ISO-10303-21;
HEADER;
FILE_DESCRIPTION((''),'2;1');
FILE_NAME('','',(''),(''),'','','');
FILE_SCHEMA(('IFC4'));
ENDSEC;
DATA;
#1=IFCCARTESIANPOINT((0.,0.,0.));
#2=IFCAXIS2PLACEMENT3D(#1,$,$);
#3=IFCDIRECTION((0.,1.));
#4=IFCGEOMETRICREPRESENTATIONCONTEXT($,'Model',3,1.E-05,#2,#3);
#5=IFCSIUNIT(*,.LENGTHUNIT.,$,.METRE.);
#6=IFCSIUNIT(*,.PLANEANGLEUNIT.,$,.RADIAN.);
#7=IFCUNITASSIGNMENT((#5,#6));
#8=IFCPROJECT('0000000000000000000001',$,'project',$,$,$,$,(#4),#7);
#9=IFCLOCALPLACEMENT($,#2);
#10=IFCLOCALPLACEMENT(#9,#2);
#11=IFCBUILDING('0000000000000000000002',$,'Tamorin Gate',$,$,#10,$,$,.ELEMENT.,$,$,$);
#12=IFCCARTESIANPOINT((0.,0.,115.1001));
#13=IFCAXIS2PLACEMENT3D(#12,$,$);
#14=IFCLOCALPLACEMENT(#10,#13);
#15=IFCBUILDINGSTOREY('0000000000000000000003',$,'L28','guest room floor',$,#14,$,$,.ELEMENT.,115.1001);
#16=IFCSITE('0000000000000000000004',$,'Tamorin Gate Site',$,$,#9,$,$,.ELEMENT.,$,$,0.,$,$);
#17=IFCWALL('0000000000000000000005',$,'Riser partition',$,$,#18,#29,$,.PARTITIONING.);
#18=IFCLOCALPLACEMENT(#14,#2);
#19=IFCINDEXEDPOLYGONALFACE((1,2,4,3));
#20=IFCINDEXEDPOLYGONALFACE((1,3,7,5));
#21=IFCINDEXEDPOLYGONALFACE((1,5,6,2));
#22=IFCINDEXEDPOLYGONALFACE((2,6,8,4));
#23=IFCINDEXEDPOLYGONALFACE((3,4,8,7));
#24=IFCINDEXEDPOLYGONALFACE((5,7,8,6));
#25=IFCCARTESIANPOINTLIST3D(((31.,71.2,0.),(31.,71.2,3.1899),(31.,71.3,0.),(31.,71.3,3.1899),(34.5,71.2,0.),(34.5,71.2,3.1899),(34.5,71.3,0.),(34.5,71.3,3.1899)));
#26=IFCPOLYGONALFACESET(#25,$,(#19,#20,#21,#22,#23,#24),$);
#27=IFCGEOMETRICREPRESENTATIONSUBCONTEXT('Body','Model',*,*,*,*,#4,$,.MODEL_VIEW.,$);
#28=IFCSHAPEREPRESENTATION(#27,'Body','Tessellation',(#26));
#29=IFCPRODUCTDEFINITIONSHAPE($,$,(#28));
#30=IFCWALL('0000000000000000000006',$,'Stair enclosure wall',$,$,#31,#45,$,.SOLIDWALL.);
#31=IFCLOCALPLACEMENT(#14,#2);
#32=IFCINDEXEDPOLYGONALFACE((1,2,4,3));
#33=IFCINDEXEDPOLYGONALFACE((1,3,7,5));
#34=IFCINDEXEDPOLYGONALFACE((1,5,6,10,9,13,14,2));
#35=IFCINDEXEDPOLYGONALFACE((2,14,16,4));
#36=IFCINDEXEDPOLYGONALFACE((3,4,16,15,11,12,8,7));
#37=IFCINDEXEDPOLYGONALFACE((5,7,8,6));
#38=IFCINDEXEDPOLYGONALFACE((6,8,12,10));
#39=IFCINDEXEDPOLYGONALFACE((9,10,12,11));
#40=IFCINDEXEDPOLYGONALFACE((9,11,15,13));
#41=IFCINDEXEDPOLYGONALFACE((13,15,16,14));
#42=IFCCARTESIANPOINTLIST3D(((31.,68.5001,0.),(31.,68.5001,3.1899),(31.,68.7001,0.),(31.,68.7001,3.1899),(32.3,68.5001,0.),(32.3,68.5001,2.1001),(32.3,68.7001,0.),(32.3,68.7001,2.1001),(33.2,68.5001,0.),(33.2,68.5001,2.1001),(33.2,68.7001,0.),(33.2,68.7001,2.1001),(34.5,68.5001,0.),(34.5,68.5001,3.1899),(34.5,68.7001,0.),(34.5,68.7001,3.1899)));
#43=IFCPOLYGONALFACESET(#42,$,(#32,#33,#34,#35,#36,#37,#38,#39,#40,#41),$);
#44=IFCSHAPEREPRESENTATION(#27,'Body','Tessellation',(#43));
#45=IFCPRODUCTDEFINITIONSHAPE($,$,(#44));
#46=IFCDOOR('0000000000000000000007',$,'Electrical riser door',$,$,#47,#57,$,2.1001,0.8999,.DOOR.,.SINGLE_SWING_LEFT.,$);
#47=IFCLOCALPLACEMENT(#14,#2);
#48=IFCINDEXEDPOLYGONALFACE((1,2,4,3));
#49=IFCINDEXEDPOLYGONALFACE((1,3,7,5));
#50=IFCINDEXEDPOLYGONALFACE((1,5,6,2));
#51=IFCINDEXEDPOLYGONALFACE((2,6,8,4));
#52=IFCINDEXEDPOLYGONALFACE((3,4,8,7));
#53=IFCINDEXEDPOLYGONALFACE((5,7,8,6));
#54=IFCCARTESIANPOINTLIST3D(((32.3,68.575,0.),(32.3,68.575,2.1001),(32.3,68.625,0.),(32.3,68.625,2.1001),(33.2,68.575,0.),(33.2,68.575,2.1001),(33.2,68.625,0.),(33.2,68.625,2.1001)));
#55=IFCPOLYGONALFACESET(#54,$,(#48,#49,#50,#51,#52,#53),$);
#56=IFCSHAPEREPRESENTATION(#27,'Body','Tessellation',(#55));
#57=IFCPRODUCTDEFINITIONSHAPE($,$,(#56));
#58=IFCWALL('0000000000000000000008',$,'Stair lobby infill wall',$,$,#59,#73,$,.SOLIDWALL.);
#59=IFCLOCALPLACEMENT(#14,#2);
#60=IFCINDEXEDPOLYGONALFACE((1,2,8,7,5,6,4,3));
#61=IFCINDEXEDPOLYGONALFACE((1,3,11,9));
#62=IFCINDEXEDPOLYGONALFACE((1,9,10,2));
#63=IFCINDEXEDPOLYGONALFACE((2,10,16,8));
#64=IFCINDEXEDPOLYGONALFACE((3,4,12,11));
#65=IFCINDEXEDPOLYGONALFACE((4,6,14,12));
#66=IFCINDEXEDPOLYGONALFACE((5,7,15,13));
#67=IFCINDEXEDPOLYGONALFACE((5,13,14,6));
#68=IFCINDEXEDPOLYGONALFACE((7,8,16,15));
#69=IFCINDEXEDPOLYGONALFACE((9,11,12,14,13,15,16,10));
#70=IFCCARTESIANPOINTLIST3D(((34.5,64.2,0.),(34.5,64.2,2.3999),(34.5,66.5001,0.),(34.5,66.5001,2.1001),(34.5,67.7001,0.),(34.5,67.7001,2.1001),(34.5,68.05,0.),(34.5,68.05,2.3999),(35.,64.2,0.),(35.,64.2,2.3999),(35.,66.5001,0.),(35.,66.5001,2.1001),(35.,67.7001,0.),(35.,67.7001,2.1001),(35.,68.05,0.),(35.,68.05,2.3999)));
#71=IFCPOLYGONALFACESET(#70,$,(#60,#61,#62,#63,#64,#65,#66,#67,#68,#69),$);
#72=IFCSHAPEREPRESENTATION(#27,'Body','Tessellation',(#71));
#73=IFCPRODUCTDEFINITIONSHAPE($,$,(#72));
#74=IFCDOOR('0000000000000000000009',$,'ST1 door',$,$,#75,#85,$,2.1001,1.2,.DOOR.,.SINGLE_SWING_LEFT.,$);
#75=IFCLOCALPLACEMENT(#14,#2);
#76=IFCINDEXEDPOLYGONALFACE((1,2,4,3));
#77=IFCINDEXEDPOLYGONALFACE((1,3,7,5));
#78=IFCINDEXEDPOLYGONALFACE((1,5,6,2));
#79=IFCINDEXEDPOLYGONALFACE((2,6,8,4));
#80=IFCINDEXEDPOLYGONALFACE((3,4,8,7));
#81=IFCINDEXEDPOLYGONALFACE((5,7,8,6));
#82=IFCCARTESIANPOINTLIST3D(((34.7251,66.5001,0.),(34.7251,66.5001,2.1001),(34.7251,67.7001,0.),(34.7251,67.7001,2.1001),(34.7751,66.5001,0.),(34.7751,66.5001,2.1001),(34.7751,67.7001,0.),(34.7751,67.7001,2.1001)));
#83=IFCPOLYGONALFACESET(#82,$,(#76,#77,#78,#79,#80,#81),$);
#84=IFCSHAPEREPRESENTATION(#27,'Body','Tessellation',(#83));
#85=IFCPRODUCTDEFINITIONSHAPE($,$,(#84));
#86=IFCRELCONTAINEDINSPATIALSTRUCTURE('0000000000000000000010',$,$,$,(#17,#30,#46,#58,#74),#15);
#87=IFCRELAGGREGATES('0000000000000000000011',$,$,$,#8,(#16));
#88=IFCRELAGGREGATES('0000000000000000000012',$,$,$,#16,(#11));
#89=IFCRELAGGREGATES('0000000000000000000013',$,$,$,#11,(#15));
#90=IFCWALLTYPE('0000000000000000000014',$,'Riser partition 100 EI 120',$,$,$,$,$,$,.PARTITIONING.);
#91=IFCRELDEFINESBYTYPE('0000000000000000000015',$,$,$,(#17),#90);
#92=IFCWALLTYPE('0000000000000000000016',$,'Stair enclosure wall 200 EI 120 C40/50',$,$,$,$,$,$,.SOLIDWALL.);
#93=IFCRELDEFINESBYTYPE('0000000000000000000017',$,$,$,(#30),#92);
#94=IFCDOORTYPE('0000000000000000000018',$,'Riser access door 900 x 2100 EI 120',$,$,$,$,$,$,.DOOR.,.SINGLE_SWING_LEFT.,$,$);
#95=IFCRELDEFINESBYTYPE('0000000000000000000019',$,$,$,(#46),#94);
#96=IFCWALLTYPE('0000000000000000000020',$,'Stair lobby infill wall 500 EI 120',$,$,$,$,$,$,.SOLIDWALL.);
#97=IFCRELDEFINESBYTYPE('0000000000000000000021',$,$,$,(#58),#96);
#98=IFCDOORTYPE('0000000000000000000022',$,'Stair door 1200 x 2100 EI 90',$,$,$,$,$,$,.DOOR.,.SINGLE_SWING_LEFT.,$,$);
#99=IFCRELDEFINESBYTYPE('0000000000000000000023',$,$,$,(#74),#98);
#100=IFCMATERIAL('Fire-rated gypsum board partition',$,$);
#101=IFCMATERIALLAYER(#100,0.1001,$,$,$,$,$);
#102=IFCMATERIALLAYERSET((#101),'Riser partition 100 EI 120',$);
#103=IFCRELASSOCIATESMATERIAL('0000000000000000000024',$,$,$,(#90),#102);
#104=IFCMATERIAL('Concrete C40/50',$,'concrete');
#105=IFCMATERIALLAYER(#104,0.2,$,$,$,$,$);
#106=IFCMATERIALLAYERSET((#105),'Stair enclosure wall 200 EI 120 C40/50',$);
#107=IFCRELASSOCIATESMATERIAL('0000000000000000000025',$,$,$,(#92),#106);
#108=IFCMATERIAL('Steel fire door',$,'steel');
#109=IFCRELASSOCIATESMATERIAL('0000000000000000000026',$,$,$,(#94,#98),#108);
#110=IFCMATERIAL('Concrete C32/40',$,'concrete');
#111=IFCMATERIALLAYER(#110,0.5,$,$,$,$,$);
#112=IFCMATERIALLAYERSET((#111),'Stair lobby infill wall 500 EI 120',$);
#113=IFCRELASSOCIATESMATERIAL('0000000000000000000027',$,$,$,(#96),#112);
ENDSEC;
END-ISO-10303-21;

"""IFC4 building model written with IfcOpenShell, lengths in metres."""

from ifc_helpers import new_model, si_unit, direction, frame, frame_2d, origin, place, context, subcontext, project, spatial, rectangle, extrude, material, layer, layer_set, type_object, element, fill, save


model = new_model("IFC4")

# Units and contexts
model_context = context("Model", 3, precision=1e-05, world=origin(), true_north=direction((0.0, 1.0)))
body_context = subcontext(model_context, "Body", "Model", "MODEL_VIEW")
ifc_project = project(units=[si_unit("LENGTHUNIT", "METRE"), si_unit("PLANEANGLEUNIT", "RADIAN")], contexts=[model_context])

# Site, building, storey
site_placement = place(None, origin())
site = spatial("IfcSite", under=ifc_project, at=site_placement, Name="Tamorin Gate Site", CompositionType="ELEMENT", RefElevation=0.0)
building_placement = place(site_placement, origin())
building = spatial("IfcBuilding", under=site, at=building_placement, Name="Tamorin Gate", CompositionType="ELEMENT")
storey_placement = place(building_placement, frame((0.0, 0.0, 115.1001)))
storey = spatial("IfcBuildingStorey", under=building, at=storey_placement, Name="L28", Description="guest room floor", CompositionType="ELEMENT", Elevation=115.1001)

# Shared definitions
ifc_material_1 = material(Name="Concrete C32/40", Category="concrete")

# Wall
ifc_material_2 = material(Name="Fire-rated gypsum board partition")
ifc_layer_1 = layer(ifc_material_2, 0.1001)
ifc_layer_set_1 = layer_set([ifc_layer_1], Name="Riser partition 100 EI 120")
wall_type_1 = type_object("IfcWallType", Name="Riser partition 100 EI 120", PredefinedType="PARTITIONING", material=ifc_layer_set_1)
wall_1_placement = place(storey_placement, frame((31.0, 71.25, 0.0), z_axis=(0.0, 0.0, 1.0), x_axis=(1.0, 0.0, 0.0)))
element("IfcWall", 1, at=wall_1_placement, inside=storey, type_object=wall_type_1, Name="Riser partition", PredefinedType="PARTITIONING", context=body_context, shape_type="SweptSolid", body=[
    extrude(rectangle(XDim=3.5, YDim=0.1001, at=frame_2d((1.75, 0.0))), origin(), (0.0, 0.0, 1.0), 3.1899),
])

# Walls, openings, doors
ifc_material_3 = material(Name="Concrete C40/50", Category="concrete")
ifc_layer_2 = layer(ifc_material_3, 0.2)
ifc_layer_set_2 = layer_set([ifc_layer_2], Name="Stair enclosure wall 200 EI 120 C40/50")
wall_type_2 = type_object("IfcWallType", Name="Stair enclosure wall 200 EI 120 C40/50", PredefinedType="SOLIDWALL", material=ifc_layer_set_2)
wall_2_placement = place(storey_placement, frame((31.0, 68.6001, 0.0), z_axis=(0.0, 0.0, 1.0), x_axis=(1.0, 0.0, 0.0)))
wall_2 = element("IfcWall", 2, at=wall_2_placement, inside=storey, type_object=wall_type_2, Name="Stair enclosure wall", PredefinedType="SOLIDWALL", context=body_context, shape_type="SweptSolid", body=[
    extrude(rectangle(XDim=3.5, YDim=0.2, at=frame_2d((1.75, 0.0))), origin(), (0.0, 0.0, 1.0), 3.1899),
])
opening_1_placement = place(wall_2_placement, frame((1.3, 0.0, 0.0)))
opening_1 = element("IfcOpeningElement", 3, at=opening_1_placement, cuts=wall_2, PredefinedType="OPENING", context=body_context, shape_type="SweptSolid", body=[
    extrude(rectangle(XDim=0.8999, YDim=2.1001, at=frame_2d((0.45, 1.05))), frame((0.0, 0.1099, 0.0), z_axis=(0.0, -1.0, 0.0), x_axis=(1.0, 0.0, 0.0)), (0.0, 0.0, 1.0), 0.22),
])
ifc_material_4 = material(Name="Steel fire door", Category="steel")
door_type_1 = type_object("IfcDoorType", Name="Riser access door 900 x 2100 EI 120", OperationType="SINGLE_SWING_LEFT", PredefinedType="DOOR", material=ifc_material_4)
door_1_placement = place(opening_1_placement, origin())
door_1 = element("IfcDoor", 4, at=door_1_placement, inside=storey, type_object=door_type_1, Name="Electrical riser door", OperationType="SINGLE_SWING_LEFT", OverallHeight=2.1001, OverallWidth=0.8999, PredefinedType="DOOR", context=body_context, shape_type="SweptSolid", body=[
    extrude(rectangle(XDim=0.8999, YDim=2.1001, at=frame_2d((0.45, 1.05))), frame((0.0, 0.0249, 0.0), z_axis=(0.0, -1.0, 0.0), x_axis=(1.0, 0.0, 0.0)), (0.0, 0.0, 1.0), 0.05),
])
fill(opening_1, door_1)
ifc_layer_3 = layer(ifc_material_1, 0.5)
ifc_layer_set_3 = layer_set([ifc_layer_3], Name="Stair lobby infill wall 500 EI 120")
wall_type_3 = type_object("IfcWallType", Name="Stair lobby infill wall 500 EI 120", PredefinedType="SOLIDWALL", material=ifc_layer_set_3)
wall_3_placement = place(storey_placement, frame((34.75, 64.2, 0.0), z_axis=(0.0, 0.0, 1.0), x_axis=(0.0, 1.0, 0.0)))
wall_3 = element("IfcWall", 5, at=wall_3_placement, inside=storey, type_object=wall_type_3, Name="Stair lobby infill wall", PredefinedType="SOLIDWALL", context=body_context, shape_type="SweptSolid", body=[
    extrude(rectangle(XDim=3.8501, YDim=0.5, at=frame_2d((1.925, 0.0))), origin(), (0.0, 0.0, 1.0), 2.3999),
])
opening_2_placement = place(wall_3_placement, frame((2.3, 0.0, 0.0)))
opening_2 = element("IfcOpeningElement", 6, at=opening_2_placement, cuts=wall_3, PredefinedType="OPENING", context=body_context, shape_type="SweptSolid", body=[
    extrude(rectangle(XDim=1.2, YDim=2.1001, at=frame_2d((0.6001, 1.05))), frame((0.0, 0.26, 0.0), z_axis=(0.0, -1.0, 0.0), x_axis=(1.0, 0.0, 0.0)), (0.0, 0.0, 1.0), 0.52),
])
door_type_2 = type_object("IfcDoorType", Name="Stair door 1200 x 2100 EI 90", OperationType="SINGLE_SWING_LEFT", PredefinedType="DOOR", material=ifc_material_4)
door_2_placement = place(opening_2_placement, origin())
door_2 = element("IfcDoor", 7, at=door_2_placement, inside=storey, type_object=door_type_2, Name="ST1 door", OperationType="SINGLE_SWING_LEFT", OverallHeight=2.1001, OverallWidth=1.2, PredefinedType="DOOR", context=body_context, shape_type="SweptSolid", body=[
    extrude(rectangle(XDim=1.2, YDim=2.1001, at=frame_2d((0.6001, 1.05))), frame((0.0, 0.0249, 0.0), z_axis=(0.0, -1.0, 0.0), x_axis=(1.0, 0.0, 0.0)), (0.0, 0.0, 1.0), 0.05),
])
fill(opening_2, door_2)

save(model, "model.ifc")
